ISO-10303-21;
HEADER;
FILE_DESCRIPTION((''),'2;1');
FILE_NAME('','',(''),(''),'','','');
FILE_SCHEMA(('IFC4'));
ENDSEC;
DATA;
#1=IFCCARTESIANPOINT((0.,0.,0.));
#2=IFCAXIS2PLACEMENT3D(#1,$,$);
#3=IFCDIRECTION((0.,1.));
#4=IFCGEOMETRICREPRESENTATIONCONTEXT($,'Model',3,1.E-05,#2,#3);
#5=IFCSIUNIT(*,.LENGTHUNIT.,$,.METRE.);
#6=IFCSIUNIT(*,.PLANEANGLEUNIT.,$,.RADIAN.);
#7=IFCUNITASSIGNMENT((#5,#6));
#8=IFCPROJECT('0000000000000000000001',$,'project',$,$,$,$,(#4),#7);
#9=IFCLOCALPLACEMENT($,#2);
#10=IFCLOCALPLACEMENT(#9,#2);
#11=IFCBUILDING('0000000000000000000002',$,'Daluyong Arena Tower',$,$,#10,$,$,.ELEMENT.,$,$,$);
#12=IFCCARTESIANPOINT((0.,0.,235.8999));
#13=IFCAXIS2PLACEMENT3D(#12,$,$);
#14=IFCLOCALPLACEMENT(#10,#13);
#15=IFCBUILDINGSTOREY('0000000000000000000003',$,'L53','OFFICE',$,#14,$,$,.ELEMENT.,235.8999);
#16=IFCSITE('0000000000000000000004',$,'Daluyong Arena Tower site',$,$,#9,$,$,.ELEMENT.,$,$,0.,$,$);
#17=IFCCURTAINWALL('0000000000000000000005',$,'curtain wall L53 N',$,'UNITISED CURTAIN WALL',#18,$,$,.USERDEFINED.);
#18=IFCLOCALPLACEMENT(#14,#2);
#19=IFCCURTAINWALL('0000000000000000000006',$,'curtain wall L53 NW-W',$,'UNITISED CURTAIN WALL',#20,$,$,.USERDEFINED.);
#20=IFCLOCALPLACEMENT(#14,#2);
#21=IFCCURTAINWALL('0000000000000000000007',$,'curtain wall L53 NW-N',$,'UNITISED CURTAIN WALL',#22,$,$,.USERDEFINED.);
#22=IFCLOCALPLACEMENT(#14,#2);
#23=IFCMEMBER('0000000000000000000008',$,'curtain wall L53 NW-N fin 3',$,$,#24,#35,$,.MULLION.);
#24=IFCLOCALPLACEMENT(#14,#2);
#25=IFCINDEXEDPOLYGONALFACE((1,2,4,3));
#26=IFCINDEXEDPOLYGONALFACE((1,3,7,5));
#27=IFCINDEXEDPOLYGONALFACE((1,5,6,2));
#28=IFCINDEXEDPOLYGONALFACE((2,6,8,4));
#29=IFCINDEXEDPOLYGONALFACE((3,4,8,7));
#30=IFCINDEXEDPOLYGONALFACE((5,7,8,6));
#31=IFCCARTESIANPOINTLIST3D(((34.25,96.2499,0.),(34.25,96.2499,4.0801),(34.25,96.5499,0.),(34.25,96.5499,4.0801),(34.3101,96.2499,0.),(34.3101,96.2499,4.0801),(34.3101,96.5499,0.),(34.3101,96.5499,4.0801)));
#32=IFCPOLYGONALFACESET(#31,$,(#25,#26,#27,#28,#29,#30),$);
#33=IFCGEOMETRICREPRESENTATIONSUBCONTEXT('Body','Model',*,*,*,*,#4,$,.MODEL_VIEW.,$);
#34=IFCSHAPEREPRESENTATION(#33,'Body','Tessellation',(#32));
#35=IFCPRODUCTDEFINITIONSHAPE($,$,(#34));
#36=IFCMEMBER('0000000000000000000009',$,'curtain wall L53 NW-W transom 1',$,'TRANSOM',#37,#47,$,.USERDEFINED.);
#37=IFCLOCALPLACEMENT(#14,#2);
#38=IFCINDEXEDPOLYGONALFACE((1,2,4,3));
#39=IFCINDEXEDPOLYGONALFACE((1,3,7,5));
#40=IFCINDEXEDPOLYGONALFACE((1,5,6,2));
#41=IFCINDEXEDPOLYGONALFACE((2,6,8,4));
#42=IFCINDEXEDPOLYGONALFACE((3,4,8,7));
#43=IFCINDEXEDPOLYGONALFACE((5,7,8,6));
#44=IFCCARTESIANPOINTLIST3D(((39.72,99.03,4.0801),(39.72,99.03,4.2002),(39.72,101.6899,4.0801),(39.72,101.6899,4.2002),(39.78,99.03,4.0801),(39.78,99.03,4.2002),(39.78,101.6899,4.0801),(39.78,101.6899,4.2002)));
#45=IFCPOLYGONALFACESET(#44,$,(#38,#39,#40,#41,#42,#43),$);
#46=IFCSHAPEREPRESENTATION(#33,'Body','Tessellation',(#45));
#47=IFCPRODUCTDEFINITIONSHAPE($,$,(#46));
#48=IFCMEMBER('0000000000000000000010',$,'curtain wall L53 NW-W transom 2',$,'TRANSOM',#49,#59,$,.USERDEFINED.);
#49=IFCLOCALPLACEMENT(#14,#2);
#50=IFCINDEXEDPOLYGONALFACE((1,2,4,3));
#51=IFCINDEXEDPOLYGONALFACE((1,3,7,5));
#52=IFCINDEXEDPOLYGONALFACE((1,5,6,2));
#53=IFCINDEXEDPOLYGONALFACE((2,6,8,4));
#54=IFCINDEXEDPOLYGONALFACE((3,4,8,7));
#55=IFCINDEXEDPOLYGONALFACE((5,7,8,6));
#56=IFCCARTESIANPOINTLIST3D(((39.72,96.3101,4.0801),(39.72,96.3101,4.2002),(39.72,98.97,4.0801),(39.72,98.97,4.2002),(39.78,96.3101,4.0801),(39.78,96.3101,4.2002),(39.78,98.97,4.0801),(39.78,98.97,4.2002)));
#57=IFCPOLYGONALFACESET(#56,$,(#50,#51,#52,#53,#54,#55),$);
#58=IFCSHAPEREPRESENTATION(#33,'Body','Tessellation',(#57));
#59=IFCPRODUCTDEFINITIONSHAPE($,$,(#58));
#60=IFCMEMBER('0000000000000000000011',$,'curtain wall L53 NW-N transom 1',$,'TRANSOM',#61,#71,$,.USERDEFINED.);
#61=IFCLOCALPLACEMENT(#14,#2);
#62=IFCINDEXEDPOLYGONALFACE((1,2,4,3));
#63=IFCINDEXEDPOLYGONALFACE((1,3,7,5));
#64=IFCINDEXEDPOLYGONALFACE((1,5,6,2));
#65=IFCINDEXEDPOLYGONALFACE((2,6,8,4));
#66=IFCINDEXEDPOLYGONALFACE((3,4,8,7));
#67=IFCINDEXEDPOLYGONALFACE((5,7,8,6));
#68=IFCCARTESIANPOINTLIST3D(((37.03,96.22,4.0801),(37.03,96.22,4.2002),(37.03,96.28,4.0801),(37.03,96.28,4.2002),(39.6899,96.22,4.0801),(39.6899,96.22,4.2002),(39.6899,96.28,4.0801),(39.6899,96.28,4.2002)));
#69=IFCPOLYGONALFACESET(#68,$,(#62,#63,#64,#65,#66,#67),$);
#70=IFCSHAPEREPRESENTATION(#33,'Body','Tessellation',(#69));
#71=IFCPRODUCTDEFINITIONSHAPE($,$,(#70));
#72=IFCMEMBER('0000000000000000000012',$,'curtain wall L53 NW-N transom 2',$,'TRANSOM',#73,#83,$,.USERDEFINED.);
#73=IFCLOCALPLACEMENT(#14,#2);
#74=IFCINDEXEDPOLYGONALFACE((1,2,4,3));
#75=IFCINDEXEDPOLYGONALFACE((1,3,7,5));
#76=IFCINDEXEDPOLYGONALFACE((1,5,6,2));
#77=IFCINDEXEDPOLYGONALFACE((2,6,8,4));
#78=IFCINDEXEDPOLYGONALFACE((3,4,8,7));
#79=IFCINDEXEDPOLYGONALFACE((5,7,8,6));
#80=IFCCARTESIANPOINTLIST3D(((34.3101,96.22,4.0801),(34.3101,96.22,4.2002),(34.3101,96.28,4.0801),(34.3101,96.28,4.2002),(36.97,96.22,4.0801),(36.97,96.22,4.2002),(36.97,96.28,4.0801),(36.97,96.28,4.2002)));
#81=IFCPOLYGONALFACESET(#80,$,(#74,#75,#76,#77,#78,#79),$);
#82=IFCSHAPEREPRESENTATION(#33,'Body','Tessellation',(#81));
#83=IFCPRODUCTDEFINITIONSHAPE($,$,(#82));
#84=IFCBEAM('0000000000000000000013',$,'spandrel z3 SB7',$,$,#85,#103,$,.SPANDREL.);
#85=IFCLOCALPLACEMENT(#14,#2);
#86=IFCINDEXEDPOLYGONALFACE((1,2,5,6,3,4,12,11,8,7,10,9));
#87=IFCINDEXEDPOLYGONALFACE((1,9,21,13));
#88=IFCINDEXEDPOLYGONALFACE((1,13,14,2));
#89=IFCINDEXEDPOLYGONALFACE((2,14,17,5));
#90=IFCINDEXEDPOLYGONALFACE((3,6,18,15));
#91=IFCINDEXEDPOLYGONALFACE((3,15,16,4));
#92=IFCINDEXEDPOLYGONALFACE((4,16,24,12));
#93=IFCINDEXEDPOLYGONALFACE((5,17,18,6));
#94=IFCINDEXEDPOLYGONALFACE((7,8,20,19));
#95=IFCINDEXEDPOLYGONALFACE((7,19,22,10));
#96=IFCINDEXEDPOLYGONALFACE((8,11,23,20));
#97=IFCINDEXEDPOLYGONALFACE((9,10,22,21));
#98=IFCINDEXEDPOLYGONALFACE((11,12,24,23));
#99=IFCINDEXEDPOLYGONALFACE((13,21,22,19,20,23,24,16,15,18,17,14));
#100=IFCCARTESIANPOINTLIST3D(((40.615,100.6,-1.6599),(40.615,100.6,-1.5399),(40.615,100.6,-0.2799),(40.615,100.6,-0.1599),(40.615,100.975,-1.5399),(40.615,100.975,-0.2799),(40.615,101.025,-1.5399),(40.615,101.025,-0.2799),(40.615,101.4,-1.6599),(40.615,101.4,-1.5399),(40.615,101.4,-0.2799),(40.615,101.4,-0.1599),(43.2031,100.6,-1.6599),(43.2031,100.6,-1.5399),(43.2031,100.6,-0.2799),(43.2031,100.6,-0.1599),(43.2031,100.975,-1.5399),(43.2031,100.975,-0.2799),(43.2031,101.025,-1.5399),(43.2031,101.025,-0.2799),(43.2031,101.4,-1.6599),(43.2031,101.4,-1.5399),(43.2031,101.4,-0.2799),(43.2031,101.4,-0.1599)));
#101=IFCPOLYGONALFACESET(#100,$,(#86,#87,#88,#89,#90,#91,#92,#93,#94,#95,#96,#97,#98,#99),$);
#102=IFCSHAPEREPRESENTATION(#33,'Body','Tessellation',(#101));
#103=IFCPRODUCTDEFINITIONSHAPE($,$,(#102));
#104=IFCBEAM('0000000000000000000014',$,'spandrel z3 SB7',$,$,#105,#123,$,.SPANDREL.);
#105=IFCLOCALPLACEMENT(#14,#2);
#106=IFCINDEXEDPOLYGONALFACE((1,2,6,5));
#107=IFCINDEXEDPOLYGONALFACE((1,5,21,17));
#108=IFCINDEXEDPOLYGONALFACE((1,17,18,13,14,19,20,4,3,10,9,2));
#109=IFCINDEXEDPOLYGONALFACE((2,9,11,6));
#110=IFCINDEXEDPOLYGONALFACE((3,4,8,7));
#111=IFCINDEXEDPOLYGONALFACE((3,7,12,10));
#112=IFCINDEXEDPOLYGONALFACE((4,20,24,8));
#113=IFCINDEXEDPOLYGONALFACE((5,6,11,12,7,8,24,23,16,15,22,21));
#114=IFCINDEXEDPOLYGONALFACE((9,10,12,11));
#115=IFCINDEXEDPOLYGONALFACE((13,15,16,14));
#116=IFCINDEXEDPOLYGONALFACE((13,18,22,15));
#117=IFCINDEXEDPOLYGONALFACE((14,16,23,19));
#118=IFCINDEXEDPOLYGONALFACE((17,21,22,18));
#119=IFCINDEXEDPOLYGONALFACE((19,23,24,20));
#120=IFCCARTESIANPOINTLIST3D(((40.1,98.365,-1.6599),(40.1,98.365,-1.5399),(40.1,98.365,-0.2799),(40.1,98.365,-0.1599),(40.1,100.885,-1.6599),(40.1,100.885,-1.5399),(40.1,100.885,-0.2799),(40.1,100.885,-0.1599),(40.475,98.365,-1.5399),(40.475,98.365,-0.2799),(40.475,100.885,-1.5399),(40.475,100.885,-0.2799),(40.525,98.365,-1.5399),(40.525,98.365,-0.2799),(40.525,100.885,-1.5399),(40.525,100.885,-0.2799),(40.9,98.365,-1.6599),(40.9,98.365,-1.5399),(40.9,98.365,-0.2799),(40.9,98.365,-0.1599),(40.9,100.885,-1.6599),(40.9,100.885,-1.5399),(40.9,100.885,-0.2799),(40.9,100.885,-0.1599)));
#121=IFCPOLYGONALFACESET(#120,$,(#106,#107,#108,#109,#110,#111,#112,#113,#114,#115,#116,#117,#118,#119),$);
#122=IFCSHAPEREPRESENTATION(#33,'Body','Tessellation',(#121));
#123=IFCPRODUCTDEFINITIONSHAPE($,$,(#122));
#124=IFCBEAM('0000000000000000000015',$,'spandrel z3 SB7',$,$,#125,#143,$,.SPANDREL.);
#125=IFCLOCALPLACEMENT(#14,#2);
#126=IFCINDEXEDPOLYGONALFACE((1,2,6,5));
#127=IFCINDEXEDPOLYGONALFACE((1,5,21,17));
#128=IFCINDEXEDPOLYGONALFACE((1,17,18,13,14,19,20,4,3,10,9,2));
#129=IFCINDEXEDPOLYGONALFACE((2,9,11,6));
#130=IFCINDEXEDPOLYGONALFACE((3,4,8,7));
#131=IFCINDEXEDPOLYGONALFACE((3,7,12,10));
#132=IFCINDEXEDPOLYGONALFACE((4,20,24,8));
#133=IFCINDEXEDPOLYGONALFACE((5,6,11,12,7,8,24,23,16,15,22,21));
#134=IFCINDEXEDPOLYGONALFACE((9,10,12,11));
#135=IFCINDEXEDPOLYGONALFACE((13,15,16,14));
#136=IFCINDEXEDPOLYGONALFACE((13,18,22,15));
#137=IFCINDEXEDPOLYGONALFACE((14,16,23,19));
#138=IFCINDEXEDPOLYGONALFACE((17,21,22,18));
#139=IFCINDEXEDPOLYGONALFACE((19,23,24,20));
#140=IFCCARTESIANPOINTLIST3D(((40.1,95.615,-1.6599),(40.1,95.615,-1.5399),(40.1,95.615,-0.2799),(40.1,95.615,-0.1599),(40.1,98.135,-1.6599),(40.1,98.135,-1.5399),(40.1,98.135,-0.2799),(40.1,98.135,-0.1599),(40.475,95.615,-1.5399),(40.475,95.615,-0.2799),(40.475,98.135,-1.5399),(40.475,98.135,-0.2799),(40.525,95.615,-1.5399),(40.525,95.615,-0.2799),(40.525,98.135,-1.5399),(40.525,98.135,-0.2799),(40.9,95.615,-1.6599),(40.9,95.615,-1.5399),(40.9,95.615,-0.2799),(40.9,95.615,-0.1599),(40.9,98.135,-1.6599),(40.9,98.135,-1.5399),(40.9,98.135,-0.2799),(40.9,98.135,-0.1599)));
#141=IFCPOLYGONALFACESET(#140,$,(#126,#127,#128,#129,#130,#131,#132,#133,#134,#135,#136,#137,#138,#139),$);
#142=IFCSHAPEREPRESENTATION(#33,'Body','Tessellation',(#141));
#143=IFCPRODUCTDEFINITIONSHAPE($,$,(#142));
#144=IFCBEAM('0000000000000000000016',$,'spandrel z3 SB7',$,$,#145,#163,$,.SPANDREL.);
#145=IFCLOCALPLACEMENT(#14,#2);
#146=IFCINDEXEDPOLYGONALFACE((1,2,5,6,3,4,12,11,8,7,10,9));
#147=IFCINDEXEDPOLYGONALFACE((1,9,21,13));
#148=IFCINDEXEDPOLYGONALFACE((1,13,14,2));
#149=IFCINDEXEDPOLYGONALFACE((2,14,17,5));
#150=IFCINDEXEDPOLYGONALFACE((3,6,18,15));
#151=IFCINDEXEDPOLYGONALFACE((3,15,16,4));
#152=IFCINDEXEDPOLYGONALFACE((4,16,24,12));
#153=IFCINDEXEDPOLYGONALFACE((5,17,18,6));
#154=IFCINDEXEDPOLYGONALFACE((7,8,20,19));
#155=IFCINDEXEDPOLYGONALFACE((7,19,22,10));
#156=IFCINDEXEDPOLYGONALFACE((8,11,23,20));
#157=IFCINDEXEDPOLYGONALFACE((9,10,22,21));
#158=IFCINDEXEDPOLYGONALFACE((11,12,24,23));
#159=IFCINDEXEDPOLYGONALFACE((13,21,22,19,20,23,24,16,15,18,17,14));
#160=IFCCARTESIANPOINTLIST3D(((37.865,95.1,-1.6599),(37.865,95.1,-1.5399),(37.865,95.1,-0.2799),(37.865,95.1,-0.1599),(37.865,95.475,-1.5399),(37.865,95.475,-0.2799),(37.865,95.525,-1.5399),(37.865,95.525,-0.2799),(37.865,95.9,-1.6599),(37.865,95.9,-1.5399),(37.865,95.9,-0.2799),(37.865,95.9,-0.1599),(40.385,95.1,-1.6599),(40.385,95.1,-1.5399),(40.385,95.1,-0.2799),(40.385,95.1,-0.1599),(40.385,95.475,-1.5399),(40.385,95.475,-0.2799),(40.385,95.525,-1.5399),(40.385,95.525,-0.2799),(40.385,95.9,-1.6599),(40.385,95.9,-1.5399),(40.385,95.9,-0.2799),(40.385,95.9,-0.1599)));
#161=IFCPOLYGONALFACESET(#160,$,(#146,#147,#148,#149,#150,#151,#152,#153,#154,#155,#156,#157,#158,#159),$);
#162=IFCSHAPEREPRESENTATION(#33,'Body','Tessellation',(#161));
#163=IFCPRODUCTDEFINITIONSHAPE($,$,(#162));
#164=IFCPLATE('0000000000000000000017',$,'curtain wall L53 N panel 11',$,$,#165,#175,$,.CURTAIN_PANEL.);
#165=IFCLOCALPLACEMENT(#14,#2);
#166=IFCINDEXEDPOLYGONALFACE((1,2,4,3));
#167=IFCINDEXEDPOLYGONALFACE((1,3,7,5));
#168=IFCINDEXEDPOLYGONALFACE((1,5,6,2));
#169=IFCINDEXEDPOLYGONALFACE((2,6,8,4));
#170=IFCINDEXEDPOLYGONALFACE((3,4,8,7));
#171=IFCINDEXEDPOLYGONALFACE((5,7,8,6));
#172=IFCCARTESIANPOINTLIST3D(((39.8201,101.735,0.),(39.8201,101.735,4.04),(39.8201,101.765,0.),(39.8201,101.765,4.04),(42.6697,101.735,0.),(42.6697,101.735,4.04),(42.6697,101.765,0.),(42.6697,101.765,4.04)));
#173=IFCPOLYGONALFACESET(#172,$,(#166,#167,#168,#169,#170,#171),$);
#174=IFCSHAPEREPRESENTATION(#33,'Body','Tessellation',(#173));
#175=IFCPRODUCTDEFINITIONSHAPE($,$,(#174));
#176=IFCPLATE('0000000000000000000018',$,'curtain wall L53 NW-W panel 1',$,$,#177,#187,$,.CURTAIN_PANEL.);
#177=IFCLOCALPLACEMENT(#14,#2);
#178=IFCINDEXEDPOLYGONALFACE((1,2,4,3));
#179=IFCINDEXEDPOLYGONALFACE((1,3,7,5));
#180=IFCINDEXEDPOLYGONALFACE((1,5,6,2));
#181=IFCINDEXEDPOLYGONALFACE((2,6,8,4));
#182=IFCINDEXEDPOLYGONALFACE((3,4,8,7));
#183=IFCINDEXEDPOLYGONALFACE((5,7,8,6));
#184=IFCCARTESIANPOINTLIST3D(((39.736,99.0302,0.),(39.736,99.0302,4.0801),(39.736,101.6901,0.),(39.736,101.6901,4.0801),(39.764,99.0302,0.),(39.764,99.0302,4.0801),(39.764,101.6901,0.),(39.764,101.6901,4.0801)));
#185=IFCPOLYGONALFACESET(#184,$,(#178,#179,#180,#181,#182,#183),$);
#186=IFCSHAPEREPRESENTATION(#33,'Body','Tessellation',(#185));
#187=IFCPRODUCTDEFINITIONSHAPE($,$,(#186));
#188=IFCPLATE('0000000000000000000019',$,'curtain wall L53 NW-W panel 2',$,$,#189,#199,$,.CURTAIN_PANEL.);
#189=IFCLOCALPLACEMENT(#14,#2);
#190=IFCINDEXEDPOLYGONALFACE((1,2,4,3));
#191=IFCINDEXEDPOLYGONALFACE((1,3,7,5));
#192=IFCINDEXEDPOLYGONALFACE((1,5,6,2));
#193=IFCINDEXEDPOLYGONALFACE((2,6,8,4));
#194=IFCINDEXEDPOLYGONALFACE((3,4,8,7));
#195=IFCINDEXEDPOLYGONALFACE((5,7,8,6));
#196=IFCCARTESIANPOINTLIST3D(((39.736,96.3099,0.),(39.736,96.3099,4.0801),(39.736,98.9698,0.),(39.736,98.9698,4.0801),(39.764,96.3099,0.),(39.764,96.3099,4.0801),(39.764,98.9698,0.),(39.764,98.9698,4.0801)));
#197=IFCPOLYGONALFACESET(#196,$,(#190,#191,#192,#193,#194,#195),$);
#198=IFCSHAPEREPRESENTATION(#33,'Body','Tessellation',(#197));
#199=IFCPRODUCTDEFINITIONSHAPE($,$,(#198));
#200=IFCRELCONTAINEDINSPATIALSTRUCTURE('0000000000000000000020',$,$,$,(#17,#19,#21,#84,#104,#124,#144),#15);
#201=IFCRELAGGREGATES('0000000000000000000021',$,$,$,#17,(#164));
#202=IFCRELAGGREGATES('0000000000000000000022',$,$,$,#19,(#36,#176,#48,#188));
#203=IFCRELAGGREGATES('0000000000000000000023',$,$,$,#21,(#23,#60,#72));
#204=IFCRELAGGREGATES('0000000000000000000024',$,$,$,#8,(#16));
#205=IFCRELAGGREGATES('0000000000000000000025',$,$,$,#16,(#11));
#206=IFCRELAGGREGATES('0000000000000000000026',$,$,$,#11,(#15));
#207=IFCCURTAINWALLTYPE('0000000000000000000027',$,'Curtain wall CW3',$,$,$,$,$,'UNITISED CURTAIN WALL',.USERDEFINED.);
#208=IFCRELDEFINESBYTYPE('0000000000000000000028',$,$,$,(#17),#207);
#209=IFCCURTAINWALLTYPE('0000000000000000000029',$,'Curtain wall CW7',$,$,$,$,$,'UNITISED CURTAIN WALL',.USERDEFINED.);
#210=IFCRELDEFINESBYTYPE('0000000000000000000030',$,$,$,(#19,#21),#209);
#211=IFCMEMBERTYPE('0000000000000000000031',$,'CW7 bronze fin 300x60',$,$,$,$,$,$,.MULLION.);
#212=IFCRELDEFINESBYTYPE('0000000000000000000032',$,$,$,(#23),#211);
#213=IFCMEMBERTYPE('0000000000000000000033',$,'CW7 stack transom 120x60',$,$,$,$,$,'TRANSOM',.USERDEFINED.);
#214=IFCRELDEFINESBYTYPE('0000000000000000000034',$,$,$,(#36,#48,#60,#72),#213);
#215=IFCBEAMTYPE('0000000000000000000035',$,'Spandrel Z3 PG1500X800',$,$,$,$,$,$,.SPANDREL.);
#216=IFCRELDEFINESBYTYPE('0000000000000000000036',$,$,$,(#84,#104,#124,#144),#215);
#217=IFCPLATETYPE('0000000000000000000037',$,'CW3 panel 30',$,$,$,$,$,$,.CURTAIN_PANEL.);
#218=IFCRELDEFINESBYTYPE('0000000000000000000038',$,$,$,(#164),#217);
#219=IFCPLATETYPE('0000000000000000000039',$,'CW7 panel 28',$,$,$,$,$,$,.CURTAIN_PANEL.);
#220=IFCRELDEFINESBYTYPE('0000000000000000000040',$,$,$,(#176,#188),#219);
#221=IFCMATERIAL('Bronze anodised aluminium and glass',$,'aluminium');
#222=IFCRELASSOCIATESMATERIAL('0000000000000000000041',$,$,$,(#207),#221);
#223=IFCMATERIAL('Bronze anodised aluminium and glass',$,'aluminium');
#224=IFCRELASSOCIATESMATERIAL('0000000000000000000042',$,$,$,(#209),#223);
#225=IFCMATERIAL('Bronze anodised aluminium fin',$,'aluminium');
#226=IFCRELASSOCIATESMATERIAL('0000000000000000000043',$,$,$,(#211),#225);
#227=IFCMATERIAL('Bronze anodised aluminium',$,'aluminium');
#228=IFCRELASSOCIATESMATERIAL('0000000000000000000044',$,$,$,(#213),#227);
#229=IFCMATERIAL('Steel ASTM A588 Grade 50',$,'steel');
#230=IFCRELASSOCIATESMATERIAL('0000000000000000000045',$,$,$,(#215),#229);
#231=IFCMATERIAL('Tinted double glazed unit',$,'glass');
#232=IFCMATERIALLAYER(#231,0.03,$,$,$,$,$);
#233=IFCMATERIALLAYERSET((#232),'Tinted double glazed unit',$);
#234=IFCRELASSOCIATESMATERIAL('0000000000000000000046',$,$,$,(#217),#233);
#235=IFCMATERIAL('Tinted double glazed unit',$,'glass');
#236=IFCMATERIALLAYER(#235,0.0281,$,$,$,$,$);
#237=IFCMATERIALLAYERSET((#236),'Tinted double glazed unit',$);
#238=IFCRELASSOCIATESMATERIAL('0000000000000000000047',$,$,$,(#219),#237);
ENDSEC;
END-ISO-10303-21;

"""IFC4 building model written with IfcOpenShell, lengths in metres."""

from ifc_helpers import new_model, si_unit, direction, frame, origin, origin_2d, place, context, subcontext, project, spatial, rectangle, i_section, extrude, material, layer, layer_set, material_profile, profile_set, type_object, element, aggregate, save


model = new_model("IFC4")

# Units and contexts
model_context = context("Model", 3, precision=1e-05, world=origin(), true_north=direction((0.0, 1.0)))
body_context = subcontext(model_context, "Body", "Model", "MODEL_VIEW")
ifc_project = project(units=[si_unit("LENGTHUNIT", "METRE"), si_unit("PLANEANGLEUNIT", "RADIAN")], contexts=[model_context])

# Site, building, storey
site_placement = place(None, origin())
site = spatial("IfcSite", under=ifc_project, at=site_placement, Name="Daluyong Arena Tower site", CompositionType="ELEMENT", RefElevation=0.0)
building_placement = place(site_placement, origin())
building = spatial("IfcBuilding", under=site, at=building_placement, Name="Daluyong Arena Tower", CompositionType="ELEMENT")
storey_placement = place(building_placement, frame((0.0, 0.0, 235.8999)))
storey = spatial("IfcBuildingStorey", under=building, at=storey_placement, Name="L53", Description="OFFICE", CompositionType="ELEMENT", Elevation=235.8999)

# Curtain wall
ifc_material_1 = material(Name="Bronze anodised aluminium and glass", Category="aluminium")
curtain_wall_type_1 = type_object("IfcCurtainWallType", Name="Curtain wall CW3", ElementType="UNITISED CURTAIN WALL", PredefinedType="USERDEFINED", material=ifc_material_1)
curtain_wall_1_placement = place(storey_placement, origin())
curtain_wall_1 = element("IfcCurtainWall", 1, at=curtain_wall_1_placement, inside=storey, type_object=curtain_wall_type_1, Name="curtain wall L53 N", ObjectType="UNITISED CURTAIN WALL", PredefinedType="USERDEFINED")

# Curtain walls, member
ifc_material_2 = material(Name="Bronze anodised aluminium and glass", Category="aluminium")
curtain_wall_type_2 = type_object("IfcCurtainWallType", Name="Curtain wall CW7", ElementType="UNITISED CURTAIN WALL", PredefinedType="USERDEFINED", material=ifc_material_2)
curtain_wall_2_placement = place(storey_placement, origin())
curtain_wall_2 = element("IfcCurtainWall", 2, at=curtain_wall_2_placement, inside=storey, type_object=curtain_wall_type_2, Name="curtain wall L53 NW-W", ObjectType="UNITISED CURTAIN WALL", PredefinedType="USERDEFINED")
ifc_material_3 = material(Name="Bronze anodised aluminium fin", Category="aluminium")
ifc_material_profile_1 = material_profile(ifc_material_3, rectangle(XDim=0.3, YDim=0.0601, at=origin_2d()))
ifc_profile_set_1 = profile_set([ifc_material_profile_1], Name="Bronze anodised aluminium fin")
member_type_1 = type_object("IfcMemberType", Name="CW7 bronze fin 300x60", PredefinedType="MULLION", material=ifc_profile_set_1)
curtain_wall_3_placement = place(storey_placement, origin())
curtain_wall_3 = element("IfcCurtainWall", 3, at=curtain_wall_3_placement, inside=storey, type_object=curtain_wall_type_2, Name="curtain wall L53 NW-N", ObjectType="UNITISED CURTAIN WALL", PredefinedType="USERDEFINED")
member_1_placement = place(storey_placement, frame((34.28, 96.3999, 0.0), z_axis=(0.0, 0.0, 1.0), x_axis=(0.0, -1.0, 0.0)))
member_1 = element("IfcMember", 4, at=member_1_placement, type_object=member_type_1, Name="curtain wall L53 NW-N fin 3", PredefinedType="MULLION", context=body_context, shape_type="SweptSolid", body=[
    extrude(rectangle(XDim=0.3, YDim=0.0601, at=origin_2d()), origin(), (0.0, 0.0, 1.0), 4.0801),
])

# Members
ifc_material_4 = material(Name="Bronze anodised aluminium", Category="aluminium")
ifc_material_profile_2 = material_profile(ifc_material_4, rectangle(XDim=0.0601, YDim=0.1201, at=origin_2d()))
ifc_profile_set_2 = profile_set([ifc_material_profile_2], Name="Bronze anodised aluminium")
member_type_2 = type_object("IfcMemberType", Name="CW7 stack transom 120x60", ElementType="TRANSOM", PredefinedType="USERDEFINED", material=ifc_profile_set_2)
member_2_placement = place(storey_placement, frame((39.75, 101.6899, 4.1401), z_axis=(0.0, -1.0, 0.0), x_axis=(1.0, 0.0, 0.0)))
member_2 = element("IfcMember", 5, at=member_2_placement, type_object=member_type_2, Name="curtain wall L53 NW-W transom 1", ObjectType="TRANSOM", PredefinedType="USERDEFINED", context=body_context, shape_type="SweptSolid", body=[
    extrude(rectangle(XDim=0.0601, YDim=0.1201, at=origin_2d()), origin(), (0.0, 0.0, 1.0), 2.6599),
])
member_3_placement = place(storey_placement, frame((39.75, 98.97, 4.1401), z_axis=(0.0, -1.0, 0.0), x_axis=(1.0, 0.0, 0.0)))
member_3 = element("IfcMember", 6, at=member_3_placement, type_object=member_type_2, Name="curtain wall L53 NW-W transom 2", ObjectType="TRANSOM", PredefinedType="USERDEFINED", context=body_context, shape_type="SweptSolid", body=[
    extrude(rectangle(XDim=0.0601, YDim=0.1201, at=origin_2d()), origin(), (0.0, 0.0, 1.0), 2.6599),
])
member_4_placement = place(storey_placement, frame((39.6899, 96.25, 4.1401), z_axis=(-1.0, 0.0, 0.0), x_axis=(0.0, -1.0, 0.0)))
member_4 = element("IfcMember", 7, at=member_4_placement, type_object=member_type_2, Name="curtain wall L53 NW-N transom 1", ObjectType="TRANSOM", PredefinedType="USERDEFINED", context=body_context, shape_type="SweptSolid", body=[
    extrude(rectangle(XDim=0.0601, YDim=0.1201, at=origin_2d()), origin(), (0.0, 0.0, 1.0), 2.6599),
])
member_5_placement = place(storey_placement, frame((36.97, 96.25, 4.1401), z_axis=(-1.0, 0.0, 0.0), x_axis=(0.0, -1.0, 0.0)))
member_5 = element("IfcMember", 8, at=member_5_placement, type_object=member_type_2, Name="curtain wall L53 NW-N transom 2", ObjectType="TRANSOM", PredefinedType="USERDEFINED", context=body_context, shape_type="SweptSolid", body=[
    extrude(rectangle(XDim=0.0601, YDim=0.1201, at=origin_2d()), origin(), (0.0, 0.0, 1.0), 2.6599),
])

# Beams
ifc_material_5 = material(Name="Steel ASTM A588 Grade 50", Category="steel")
ifc_material_profile_3 = material_profile(ifc_material_5, i_section(OverallWidth=0.8, OverallDepth=1.5, WebThickness=0.05, FlangeThickness=0.12, at=origin_2d()))
ifc_profile_set_3 = profile_set([ifc_material_profile_3], Name="Steel ASTM A588 Grade 50")
beam_type = type_object("IfcBeamType", Name="Spandrel Z3 PG1500X800", PredefinedType="SPANDREL", material=ifc_profile_set_3)
beam_placement = place(storey_placement, frame((43.2031, 101.0, -0.9099), z_axis=(-1.0, 0.0, 0.0), x_axis=(0.0, -1.0, 0.0)))
element("IfcBeam", 9, at=beam_placement, inside=storey, type_object=beam_type, Name="spandrel z3 SB7", PredefinedType="SPANDREL", context=body_context, shape_type="SweptSolid", body=[
    extrude(i_section(OverallWidth=0.8, OverallDepth=1.5, WebThickness=0.05, FlangeThickness=0.12, at=origin_2d()), origin(), (0.0, 0.0, 1.0), 2.5881),
])
for number, where, z_axis, x_axis, name in (
    (10, (40.5, 100.885, -0.9099), (0.0, -1.0, 0.0), (1.0, 0.0, 0.0), "spandrel z3 SB7"),
    (11, (40.5, 98.135, -0.9099), (0.0, -1.0, 0.0), (1.0, 0.0, 0.0), "spandrel z3 SB7"),
    (12, (40.385, 95.5, -0.9099), (-1.0, 0.0, 0.0), (0.0, -1.0, 0.0), "spandrel z3 SB7"),
):
    element("IfcBeam", number, at=place(storey_placement, frame(where, z_axis=z_axis, x_axis=x_axis)), inside=storey, type_object=beam_type, Name=name, PredefinedType="SPANDREL", context=body_context, shape_type="SweptSolid", body=[
        extrude(i_section(OverallWidth=0.8, OverallDepth=1.5, WebThickness=0.05, FlangeThickness=0.12, at=origin_2d()), origin(), (0.0, 0.0, 1.0), 2.52),
    ])

# Plates
ifc_material_6 = material(Name="Tinted double glazed unit", Category="glass")
ifc_layer_1 = layer(ifc_material_6, 0.03)
ifc_layer_set_1 = layer_set([ifc_layer_1], Name="Tinted double glazed unit")
plate_type_1 = type_object("IfcPlateType", Name="CW3 panel 30", PredefinedType="CURTAIN_PANEL", material=ifc_layer_set_1)
plate_1_placement = place(storey_placement, frame((41.2449, 101.75, 0.0), z_axis=(0.0, 0.0, 1.0), x_axis=(-1.0, 0.0, 0.0)))
plate_1 = element("IfcPlate", 13, at=plate_1_placement, type_object=plate_type_1, Name="curtain wall L53 N panel 11", PredefinedType="CURTAIN_PANEL", context=body_context, shape_type="SweptSolid", body=[
    extrude(rectangle(XDim=2.8496, YDim=0.03, at=origin_2d()), origin(), (0.0, 0.0, 1.0), 4.04),
])
aggregate(curtain_wall_1, [plate_1])
ifc_material_7 = material(Name="Tinted double glazed unit", Category="glass")
ifc_layer_2 = layer(ifc_material_7, 0.0281)
ifc_layer_set_2 = layer_set([ifc_layer_2], Name="Tinted double glazed unit")
plate_type_2 = type_object("IfcPlateType", Name="CW7 panel 28", PredefinedType="CURTAIN_PANEL", material=ifc_layer_set_2)
plate_2_placement = place(storey_placement, frame((39.75, 100.3601, 0.0), z_axis=(0.0, 0.0, 1.0), x_axis=(0.0, -1.0, 0.0)))
plate_2 = element("IfcPlate", 14, at=plate_2_placement, type_object=plate_type_2, Name="curtain wall L53 NW-W panel 1", PredefinedType="CURTAIN_PANEL", context=body_context, shape_type="SweptSolid", body=[
    extrude(rectangle(XDim=2.6599, YDim=0.0281, at=origin_2d()), origin(), (0.0, 0.0, 1.0), 4.0801),
])
plate_3_placement = place(storey_placement, frame((39.75, 97.6399, 0.0), z_axis=(0.0, 0.0, 1.0), x_axis=(0.0, -1.0, 0.0)))
plate_3 = element("IfcPlate", 15, at=plate_3_placement, type_object=plate_type_2, Name="curtain wall L53 NW-W panel 2", PredefinedType="CURTAIN_PANEL", context=body_context, shape_type="SweptSolid", body=[
    extrude(rectangle(XDim=2.6599, YDim=0.0281, at=origin_2d()), origin(), (0.0, 0.0, 1.0), 4.0801),
])
aggregate(curtain_wall_2, [member_2, plate_2, member_3, plate_3])
aggregate(curtain_wall_3, [member_1, member_4, member_5])

save(model, "model.ifc")
